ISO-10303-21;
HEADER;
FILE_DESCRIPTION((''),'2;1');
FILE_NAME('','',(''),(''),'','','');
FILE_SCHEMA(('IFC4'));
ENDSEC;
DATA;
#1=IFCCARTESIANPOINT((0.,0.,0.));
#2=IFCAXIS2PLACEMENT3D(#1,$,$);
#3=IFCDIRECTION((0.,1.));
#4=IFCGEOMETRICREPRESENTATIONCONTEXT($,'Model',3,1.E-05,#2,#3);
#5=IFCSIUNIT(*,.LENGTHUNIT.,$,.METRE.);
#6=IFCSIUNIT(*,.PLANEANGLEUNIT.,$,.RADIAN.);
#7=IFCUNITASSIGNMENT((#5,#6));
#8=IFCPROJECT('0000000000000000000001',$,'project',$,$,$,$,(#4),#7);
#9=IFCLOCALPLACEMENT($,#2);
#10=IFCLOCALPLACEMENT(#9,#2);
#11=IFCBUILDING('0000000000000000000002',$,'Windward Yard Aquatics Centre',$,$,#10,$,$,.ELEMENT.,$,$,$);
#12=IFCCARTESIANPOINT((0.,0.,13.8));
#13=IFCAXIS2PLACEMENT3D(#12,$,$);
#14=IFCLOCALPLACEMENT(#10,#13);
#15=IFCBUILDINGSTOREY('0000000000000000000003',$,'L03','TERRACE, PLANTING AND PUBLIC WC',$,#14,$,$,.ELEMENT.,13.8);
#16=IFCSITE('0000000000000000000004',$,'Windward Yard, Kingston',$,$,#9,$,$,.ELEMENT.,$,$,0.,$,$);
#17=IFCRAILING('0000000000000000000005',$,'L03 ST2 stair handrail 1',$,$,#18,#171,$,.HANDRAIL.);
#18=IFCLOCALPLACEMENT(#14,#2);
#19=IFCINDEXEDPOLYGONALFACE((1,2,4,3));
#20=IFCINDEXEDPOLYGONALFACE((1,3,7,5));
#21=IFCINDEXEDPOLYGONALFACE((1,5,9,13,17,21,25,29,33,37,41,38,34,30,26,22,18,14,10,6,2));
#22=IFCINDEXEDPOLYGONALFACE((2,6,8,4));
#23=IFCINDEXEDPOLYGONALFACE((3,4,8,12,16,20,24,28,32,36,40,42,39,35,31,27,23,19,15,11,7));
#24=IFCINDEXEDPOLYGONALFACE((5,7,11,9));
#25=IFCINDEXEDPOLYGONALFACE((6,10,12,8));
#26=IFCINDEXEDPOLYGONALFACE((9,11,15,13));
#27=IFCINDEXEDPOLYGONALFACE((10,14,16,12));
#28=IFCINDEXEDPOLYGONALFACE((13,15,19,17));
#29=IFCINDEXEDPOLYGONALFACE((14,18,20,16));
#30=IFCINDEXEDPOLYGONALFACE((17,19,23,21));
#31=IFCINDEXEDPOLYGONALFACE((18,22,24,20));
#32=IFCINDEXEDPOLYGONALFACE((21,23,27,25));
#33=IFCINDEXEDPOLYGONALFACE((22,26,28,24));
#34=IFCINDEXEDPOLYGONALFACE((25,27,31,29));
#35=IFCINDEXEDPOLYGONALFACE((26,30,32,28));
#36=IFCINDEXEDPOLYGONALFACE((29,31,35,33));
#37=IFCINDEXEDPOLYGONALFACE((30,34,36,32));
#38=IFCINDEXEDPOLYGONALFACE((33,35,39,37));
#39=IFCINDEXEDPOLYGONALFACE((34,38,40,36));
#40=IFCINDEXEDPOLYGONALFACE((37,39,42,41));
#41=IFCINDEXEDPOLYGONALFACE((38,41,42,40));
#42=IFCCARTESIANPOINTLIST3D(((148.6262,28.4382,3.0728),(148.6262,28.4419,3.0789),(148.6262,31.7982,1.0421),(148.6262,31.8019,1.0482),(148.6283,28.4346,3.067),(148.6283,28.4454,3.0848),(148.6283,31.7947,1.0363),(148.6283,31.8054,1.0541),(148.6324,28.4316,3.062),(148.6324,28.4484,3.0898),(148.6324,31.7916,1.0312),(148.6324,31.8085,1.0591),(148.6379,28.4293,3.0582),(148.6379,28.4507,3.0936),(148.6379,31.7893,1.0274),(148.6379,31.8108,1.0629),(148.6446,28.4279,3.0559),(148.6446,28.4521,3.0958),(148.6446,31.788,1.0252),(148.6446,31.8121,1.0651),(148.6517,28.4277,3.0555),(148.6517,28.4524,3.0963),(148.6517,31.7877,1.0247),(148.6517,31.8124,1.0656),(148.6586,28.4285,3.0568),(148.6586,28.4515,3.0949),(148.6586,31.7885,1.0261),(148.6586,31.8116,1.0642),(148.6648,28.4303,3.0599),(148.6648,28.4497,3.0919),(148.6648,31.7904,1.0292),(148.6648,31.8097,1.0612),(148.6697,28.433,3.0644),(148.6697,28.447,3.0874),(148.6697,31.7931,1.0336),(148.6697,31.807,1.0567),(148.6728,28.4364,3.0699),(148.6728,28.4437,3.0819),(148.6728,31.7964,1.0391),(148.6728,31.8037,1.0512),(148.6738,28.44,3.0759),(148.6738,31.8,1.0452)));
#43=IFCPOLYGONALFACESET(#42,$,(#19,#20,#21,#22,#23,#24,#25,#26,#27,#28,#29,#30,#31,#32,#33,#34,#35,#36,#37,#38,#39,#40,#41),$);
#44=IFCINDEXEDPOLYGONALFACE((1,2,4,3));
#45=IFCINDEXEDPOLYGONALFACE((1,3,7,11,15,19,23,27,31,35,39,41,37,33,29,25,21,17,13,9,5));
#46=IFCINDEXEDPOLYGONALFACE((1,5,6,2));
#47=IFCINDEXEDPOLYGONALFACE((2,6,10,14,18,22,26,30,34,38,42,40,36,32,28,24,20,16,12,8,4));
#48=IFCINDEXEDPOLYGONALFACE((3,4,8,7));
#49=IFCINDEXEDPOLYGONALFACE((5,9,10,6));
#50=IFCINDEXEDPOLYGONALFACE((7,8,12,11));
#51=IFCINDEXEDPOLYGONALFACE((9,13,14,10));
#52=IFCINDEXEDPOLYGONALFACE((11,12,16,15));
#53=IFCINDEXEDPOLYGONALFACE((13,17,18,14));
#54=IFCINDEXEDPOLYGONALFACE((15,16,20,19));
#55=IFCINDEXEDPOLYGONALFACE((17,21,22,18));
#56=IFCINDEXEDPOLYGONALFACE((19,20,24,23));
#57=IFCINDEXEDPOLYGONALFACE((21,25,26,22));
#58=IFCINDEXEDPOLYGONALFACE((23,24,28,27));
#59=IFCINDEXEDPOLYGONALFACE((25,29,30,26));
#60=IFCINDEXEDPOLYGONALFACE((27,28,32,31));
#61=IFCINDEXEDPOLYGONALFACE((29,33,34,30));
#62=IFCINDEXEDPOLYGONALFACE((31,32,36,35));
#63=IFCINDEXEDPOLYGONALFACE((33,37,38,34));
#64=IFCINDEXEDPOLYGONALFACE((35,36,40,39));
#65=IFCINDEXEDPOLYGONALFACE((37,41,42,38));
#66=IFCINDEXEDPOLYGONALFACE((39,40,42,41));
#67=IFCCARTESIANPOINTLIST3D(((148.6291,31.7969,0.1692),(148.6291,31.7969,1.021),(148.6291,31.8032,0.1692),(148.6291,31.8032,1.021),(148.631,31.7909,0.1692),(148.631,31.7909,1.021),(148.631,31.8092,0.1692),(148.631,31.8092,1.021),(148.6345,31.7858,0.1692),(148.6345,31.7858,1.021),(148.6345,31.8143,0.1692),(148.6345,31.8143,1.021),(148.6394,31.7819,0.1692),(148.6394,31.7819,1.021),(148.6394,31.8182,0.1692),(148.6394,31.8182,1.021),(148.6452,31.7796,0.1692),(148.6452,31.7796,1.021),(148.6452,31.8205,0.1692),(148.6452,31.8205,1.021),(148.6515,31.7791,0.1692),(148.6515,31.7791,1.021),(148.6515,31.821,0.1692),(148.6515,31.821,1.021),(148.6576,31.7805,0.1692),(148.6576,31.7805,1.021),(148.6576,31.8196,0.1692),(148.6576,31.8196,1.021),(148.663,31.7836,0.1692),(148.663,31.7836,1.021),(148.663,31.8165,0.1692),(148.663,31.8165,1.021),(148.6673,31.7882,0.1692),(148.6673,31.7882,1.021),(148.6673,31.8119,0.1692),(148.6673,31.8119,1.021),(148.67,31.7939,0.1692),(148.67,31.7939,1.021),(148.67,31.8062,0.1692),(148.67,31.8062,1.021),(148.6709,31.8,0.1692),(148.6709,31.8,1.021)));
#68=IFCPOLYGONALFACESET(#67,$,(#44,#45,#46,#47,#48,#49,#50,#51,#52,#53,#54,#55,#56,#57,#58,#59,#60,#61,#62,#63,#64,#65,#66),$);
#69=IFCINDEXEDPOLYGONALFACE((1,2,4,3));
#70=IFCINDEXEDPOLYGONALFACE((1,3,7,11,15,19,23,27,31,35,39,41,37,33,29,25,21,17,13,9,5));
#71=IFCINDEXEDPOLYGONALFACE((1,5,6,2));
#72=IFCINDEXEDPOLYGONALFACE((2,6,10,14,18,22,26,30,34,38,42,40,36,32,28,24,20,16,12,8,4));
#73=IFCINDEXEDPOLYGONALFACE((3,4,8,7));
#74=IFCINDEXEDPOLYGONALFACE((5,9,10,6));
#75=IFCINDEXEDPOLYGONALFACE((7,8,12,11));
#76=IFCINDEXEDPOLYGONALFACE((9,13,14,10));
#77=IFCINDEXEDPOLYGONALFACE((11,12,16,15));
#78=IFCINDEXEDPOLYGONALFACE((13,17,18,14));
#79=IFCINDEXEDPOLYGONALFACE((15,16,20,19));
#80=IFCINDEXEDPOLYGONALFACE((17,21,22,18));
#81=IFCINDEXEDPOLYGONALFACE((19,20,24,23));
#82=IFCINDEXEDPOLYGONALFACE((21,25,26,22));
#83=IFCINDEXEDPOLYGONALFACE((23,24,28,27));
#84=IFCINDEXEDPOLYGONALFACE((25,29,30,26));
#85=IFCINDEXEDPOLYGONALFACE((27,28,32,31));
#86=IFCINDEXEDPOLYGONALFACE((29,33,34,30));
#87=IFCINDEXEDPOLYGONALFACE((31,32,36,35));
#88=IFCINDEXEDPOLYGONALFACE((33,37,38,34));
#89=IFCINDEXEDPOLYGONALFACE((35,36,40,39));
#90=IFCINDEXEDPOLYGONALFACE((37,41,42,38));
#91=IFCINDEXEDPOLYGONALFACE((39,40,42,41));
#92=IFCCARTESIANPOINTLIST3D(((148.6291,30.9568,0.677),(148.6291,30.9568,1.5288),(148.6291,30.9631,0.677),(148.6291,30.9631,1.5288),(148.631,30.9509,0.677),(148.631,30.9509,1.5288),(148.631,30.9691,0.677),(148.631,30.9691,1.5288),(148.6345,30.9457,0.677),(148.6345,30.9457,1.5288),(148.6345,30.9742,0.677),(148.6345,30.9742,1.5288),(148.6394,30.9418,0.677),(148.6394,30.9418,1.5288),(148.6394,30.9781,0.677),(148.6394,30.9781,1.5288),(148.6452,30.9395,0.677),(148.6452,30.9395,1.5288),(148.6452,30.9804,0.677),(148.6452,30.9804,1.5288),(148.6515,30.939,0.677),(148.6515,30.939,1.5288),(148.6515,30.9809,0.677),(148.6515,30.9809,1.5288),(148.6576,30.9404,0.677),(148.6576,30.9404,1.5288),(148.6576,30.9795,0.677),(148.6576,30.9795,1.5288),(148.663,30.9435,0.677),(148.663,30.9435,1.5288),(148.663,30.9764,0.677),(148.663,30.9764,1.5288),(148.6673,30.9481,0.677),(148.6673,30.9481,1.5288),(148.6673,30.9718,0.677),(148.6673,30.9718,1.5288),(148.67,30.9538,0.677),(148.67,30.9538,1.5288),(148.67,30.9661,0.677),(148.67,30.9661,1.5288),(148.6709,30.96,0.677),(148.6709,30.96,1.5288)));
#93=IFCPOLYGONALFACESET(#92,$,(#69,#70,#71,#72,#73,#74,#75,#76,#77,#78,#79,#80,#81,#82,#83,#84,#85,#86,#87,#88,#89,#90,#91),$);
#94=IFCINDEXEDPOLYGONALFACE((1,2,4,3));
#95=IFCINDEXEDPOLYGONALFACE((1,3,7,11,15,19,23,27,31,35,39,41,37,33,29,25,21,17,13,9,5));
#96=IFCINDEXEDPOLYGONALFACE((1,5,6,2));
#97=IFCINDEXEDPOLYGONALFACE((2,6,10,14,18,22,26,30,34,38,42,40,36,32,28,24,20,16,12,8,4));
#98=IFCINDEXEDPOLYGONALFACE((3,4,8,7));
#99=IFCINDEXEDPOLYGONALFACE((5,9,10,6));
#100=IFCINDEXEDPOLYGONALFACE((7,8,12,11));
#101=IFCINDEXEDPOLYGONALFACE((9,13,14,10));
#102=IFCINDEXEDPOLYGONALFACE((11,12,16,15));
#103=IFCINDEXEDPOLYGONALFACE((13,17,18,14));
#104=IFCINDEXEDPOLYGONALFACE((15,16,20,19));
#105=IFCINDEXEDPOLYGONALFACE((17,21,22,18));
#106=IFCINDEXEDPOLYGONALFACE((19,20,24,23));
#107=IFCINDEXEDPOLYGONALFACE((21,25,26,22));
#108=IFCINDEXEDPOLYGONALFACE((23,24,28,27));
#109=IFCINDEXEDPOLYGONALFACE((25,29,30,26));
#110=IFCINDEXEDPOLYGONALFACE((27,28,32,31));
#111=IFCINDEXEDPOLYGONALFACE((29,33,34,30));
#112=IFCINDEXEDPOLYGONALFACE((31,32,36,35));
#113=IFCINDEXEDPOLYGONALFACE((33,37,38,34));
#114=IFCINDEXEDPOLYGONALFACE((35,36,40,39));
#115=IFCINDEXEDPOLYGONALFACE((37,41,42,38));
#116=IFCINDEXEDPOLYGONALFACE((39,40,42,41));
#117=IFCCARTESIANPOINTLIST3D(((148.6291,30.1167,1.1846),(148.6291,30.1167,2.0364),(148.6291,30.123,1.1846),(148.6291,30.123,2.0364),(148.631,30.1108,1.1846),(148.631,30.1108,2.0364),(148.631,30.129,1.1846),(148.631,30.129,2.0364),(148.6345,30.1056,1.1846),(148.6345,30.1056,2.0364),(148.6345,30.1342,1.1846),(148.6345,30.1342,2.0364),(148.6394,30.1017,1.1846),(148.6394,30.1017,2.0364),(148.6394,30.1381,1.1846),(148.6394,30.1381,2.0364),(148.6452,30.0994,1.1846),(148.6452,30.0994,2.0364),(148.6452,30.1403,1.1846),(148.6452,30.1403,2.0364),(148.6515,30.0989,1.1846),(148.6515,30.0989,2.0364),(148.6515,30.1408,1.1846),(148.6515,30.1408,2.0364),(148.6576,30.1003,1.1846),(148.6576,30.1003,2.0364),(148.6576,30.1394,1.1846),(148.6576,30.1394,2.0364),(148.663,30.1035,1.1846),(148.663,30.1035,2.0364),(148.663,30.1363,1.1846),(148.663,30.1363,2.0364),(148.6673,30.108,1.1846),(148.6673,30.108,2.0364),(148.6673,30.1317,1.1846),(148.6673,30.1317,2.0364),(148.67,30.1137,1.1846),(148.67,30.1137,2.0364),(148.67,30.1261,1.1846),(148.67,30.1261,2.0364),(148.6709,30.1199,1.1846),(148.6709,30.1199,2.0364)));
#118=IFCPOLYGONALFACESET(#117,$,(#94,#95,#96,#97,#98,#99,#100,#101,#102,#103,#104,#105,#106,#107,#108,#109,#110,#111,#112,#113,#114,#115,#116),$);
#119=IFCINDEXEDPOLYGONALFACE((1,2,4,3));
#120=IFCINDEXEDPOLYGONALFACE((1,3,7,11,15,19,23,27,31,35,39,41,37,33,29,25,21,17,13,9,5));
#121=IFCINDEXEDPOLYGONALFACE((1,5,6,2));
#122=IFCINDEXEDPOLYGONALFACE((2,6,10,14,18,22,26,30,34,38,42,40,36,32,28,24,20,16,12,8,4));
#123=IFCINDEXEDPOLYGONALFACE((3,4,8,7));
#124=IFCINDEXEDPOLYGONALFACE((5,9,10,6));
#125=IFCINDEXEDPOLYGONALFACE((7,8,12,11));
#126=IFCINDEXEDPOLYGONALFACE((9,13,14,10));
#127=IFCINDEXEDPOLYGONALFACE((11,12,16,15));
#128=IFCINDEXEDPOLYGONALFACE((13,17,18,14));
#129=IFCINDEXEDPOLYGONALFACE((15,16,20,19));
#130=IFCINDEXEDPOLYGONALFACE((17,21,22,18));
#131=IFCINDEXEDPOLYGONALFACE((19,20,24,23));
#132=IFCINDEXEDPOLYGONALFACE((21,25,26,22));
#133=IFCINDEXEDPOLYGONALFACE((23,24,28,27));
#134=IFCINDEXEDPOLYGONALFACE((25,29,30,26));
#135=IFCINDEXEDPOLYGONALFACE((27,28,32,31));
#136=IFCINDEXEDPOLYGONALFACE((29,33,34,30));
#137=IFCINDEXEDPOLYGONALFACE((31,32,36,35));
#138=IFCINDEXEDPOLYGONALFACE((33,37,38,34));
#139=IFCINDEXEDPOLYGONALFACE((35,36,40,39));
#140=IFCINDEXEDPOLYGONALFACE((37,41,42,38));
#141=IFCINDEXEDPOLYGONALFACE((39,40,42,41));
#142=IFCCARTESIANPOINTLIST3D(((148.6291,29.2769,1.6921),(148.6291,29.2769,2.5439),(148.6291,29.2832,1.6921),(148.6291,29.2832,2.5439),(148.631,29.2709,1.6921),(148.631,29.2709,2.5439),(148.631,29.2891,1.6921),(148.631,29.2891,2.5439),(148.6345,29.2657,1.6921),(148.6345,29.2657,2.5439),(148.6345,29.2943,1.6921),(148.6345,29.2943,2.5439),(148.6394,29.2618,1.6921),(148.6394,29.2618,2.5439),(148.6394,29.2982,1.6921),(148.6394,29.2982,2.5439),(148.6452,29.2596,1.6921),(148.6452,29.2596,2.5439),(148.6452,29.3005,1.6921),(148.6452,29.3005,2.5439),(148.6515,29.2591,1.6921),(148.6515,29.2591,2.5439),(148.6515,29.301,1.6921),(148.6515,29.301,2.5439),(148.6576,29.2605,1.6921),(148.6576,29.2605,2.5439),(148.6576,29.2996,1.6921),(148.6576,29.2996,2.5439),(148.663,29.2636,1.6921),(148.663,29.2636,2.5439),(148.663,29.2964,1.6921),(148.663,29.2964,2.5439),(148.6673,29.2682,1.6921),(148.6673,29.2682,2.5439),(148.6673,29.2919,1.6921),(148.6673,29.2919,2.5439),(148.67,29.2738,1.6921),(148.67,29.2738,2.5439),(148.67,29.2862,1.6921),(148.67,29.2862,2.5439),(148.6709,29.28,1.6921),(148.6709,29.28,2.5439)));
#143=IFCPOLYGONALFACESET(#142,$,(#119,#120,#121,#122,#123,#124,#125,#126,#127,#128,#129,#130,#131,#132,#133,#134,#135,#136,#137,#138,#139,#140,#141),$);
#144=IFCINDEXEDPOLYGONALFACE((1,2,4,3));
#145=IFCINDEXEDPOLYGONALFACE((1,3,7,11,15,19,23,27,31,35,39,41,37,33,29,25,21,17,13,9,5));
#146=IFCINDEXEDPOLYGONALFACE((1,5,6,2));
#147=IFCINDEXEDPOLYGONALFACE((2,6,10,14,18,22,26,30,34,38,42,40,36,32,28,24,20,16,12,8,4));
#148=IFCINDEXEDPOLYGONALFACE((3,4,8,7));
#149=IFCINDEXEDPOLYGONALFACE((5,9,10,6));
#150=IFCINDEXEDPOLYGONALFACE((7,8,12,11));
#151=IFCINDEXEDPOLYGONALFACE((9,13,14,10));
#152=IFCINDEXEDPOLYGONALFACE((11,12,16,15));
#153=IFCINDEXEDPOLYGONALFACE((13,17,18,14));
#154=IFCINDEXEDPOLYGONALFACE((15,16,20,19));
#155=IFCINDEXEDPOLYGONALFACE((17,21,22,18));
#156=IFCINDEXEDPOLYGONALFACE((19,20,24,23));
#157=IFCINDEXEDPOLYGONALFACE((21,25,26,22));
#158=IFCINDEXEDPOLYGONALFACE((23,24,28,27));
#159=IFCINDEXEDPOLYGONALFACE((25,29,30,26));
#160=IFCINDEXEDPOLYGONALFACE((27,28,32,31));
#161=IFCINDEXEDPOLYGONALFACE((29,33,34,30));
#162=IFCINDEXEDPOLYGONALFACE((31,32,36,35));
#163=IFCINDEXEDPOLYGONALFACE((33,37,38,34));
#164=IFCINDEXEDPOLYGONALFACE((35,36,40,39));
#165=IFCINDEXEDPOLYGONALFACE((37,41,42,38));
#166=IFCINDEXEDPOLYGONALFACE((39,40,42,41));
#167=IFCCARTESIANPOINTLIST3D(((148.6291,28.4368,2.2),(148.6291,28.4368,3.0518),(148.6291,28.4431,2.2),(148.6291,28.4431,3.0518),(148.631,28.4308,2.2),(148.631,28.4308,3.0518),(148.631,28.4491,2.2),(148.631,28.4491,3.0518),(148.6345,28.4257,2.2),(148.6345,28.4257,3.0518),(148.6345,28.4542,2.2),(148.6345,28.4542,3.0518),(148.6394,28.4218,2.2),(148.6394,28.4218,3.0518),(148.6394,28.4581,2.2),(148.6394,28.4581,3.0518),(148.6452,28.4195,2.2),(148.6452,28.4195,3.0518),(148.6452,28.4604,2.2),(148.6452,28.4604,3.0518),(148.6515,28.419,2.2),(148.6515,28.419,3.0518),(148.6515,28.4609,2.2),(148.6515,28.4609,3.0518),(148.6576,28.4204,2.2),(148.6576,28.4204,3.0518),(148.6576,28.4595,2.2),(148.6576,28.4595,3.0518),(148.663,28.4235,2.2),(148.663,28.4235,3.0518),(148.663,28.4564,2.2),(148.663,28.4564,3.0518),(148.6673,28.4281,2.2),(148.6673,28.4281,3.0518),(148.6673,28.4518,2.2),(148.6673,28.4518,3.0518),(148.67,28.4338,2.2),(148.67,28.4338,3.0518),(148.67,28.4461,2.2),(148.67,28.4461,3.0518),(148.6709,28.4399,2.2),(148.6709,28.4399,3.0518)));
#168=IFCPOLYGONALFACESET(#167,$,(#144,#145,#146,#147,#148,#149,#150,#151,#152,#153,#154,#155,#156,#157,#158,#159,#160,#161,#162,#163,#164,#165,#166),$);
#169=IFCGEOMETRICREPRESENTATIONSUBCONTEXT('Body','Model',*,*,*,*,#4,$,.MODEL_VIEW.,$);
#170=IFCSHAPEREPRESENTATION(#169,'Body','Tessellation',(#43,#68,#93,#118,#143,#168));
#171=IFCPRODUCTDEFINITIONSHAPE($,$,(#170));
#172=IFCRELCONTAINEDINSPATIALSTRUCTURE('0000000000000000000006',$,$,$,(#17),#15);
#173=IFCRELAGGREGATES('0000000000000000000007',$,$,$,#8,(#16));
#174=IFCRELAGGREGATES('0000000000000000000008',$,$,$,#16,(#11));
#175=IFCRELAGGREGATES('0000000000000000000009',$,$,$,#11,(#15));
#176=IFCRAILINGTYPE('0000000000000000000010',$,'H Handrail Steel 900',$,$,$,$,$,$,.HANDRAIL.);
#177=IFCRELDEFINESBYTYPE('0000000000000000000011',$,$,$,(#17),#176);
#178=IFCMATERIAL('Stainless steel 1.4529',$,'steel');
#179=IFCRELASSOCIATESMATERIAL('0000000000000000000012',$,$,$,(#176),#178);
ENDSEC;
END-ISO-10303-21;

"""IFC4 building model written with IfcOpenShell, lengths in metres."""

from ifc_helpers import new_model, si_unit, direction, frame, origin, origin_2d, place, context, subcontext, project, spatial, circle, extrude, material, type_object, element, save


model = new_model("IFC4")

# Units and contexts
model_context = context("Model", 3, precision=1e-05, world=origin(), true_north=direction((0.0, 1.0)))
body_context = subcontext(model_context, "Body", "Model", "MODEL_VIEW")
ifc_project = project(units=[si_unit("LENGTHUNIT", "METRE"), si_unit("PLANEANGLEUNIT", "RADIAN")], contexts=[model_context])

# Site, building, storey
site_placement = place(None, origin())
site = spatial("IfcSite", under=ifc_project, at=site_placement, Name="Windward Yard, Kingston", CompositionType="ELEMENT", RefElevation=0.0)
building_placement = place(site_placement, origin())
building = spatial("IfcBuilding", under=site, at=building_placement, Name="Windward Yard Aquatics Centre", CompositionType="ELEMENT")
storey_placement = place(building_placement, frame((0.0, 0.0, 13.8)))
storey = spatial("IfcBuildingStorey", under=building, at=storey_placement, Name="L03", Description="TERRACE, PLANTING AND PUBLIC WC", CompositionType="ELEMENT", Elevation=13.8)

# Railing
ifc_material_1 = material(Name="Stainless steel 1.4529", Category="steel")
railing_type_1 = type_object("IfcRailingType", Name="H Handrail Steel 900", PredefinedType="HANDRAIL", material=ifc_material_1)
railing_1_placement = place(storey_placement, frame((148.6499, 31.8, 0.1692)))
element("IfcRailing", 1, at=railing_1_placement, inside=storey, type_object=railing_type_1, Name="L03 ST2 stair handrail 1", PredefinedType="HANDRAIL", context=body_context, shape_type="SweptSolid", body=[
    extrude(circle(Radius=0.0239, at=origin_2d()), frame((0.0, 0.0, 0.876), z_axis=(0.0, -0.855837, 0.517246), x_axis=(1.0, 0.0, 0.0)), (0.0, 0.0, 1.0), 3.926),
    extrude(circle(Radius=0.021, at=origin_2d()), origin(), (0.0, 0.0, 1.0), 0.8518),
    extrude(circle(Radius=0.021, at=origin_2d()), frame((0.0, -0.8401, 0.5078)), (0.0, 0.0, 1.0), 0.8518),
    extrude(circle(Radius=0.021, at=origin_2d()), frame((0.0, -1.6802, 1.0154)), (0.0, 0.0, 1.0), 0.8518),
    extrude(circle(Radius=0.021, at=origin_2d()), frame((0.0, -2.52, 1.5229)), (0.0, 0.0, 1.0), 0.8518),
    extrude(circle(Radius=0.021, at=origin_2d()), frame((0.0, -3.3601, 2.0308)), (0.0, 0.0, 1.0), 0.8518),
])

save(model, "model.ifc")
